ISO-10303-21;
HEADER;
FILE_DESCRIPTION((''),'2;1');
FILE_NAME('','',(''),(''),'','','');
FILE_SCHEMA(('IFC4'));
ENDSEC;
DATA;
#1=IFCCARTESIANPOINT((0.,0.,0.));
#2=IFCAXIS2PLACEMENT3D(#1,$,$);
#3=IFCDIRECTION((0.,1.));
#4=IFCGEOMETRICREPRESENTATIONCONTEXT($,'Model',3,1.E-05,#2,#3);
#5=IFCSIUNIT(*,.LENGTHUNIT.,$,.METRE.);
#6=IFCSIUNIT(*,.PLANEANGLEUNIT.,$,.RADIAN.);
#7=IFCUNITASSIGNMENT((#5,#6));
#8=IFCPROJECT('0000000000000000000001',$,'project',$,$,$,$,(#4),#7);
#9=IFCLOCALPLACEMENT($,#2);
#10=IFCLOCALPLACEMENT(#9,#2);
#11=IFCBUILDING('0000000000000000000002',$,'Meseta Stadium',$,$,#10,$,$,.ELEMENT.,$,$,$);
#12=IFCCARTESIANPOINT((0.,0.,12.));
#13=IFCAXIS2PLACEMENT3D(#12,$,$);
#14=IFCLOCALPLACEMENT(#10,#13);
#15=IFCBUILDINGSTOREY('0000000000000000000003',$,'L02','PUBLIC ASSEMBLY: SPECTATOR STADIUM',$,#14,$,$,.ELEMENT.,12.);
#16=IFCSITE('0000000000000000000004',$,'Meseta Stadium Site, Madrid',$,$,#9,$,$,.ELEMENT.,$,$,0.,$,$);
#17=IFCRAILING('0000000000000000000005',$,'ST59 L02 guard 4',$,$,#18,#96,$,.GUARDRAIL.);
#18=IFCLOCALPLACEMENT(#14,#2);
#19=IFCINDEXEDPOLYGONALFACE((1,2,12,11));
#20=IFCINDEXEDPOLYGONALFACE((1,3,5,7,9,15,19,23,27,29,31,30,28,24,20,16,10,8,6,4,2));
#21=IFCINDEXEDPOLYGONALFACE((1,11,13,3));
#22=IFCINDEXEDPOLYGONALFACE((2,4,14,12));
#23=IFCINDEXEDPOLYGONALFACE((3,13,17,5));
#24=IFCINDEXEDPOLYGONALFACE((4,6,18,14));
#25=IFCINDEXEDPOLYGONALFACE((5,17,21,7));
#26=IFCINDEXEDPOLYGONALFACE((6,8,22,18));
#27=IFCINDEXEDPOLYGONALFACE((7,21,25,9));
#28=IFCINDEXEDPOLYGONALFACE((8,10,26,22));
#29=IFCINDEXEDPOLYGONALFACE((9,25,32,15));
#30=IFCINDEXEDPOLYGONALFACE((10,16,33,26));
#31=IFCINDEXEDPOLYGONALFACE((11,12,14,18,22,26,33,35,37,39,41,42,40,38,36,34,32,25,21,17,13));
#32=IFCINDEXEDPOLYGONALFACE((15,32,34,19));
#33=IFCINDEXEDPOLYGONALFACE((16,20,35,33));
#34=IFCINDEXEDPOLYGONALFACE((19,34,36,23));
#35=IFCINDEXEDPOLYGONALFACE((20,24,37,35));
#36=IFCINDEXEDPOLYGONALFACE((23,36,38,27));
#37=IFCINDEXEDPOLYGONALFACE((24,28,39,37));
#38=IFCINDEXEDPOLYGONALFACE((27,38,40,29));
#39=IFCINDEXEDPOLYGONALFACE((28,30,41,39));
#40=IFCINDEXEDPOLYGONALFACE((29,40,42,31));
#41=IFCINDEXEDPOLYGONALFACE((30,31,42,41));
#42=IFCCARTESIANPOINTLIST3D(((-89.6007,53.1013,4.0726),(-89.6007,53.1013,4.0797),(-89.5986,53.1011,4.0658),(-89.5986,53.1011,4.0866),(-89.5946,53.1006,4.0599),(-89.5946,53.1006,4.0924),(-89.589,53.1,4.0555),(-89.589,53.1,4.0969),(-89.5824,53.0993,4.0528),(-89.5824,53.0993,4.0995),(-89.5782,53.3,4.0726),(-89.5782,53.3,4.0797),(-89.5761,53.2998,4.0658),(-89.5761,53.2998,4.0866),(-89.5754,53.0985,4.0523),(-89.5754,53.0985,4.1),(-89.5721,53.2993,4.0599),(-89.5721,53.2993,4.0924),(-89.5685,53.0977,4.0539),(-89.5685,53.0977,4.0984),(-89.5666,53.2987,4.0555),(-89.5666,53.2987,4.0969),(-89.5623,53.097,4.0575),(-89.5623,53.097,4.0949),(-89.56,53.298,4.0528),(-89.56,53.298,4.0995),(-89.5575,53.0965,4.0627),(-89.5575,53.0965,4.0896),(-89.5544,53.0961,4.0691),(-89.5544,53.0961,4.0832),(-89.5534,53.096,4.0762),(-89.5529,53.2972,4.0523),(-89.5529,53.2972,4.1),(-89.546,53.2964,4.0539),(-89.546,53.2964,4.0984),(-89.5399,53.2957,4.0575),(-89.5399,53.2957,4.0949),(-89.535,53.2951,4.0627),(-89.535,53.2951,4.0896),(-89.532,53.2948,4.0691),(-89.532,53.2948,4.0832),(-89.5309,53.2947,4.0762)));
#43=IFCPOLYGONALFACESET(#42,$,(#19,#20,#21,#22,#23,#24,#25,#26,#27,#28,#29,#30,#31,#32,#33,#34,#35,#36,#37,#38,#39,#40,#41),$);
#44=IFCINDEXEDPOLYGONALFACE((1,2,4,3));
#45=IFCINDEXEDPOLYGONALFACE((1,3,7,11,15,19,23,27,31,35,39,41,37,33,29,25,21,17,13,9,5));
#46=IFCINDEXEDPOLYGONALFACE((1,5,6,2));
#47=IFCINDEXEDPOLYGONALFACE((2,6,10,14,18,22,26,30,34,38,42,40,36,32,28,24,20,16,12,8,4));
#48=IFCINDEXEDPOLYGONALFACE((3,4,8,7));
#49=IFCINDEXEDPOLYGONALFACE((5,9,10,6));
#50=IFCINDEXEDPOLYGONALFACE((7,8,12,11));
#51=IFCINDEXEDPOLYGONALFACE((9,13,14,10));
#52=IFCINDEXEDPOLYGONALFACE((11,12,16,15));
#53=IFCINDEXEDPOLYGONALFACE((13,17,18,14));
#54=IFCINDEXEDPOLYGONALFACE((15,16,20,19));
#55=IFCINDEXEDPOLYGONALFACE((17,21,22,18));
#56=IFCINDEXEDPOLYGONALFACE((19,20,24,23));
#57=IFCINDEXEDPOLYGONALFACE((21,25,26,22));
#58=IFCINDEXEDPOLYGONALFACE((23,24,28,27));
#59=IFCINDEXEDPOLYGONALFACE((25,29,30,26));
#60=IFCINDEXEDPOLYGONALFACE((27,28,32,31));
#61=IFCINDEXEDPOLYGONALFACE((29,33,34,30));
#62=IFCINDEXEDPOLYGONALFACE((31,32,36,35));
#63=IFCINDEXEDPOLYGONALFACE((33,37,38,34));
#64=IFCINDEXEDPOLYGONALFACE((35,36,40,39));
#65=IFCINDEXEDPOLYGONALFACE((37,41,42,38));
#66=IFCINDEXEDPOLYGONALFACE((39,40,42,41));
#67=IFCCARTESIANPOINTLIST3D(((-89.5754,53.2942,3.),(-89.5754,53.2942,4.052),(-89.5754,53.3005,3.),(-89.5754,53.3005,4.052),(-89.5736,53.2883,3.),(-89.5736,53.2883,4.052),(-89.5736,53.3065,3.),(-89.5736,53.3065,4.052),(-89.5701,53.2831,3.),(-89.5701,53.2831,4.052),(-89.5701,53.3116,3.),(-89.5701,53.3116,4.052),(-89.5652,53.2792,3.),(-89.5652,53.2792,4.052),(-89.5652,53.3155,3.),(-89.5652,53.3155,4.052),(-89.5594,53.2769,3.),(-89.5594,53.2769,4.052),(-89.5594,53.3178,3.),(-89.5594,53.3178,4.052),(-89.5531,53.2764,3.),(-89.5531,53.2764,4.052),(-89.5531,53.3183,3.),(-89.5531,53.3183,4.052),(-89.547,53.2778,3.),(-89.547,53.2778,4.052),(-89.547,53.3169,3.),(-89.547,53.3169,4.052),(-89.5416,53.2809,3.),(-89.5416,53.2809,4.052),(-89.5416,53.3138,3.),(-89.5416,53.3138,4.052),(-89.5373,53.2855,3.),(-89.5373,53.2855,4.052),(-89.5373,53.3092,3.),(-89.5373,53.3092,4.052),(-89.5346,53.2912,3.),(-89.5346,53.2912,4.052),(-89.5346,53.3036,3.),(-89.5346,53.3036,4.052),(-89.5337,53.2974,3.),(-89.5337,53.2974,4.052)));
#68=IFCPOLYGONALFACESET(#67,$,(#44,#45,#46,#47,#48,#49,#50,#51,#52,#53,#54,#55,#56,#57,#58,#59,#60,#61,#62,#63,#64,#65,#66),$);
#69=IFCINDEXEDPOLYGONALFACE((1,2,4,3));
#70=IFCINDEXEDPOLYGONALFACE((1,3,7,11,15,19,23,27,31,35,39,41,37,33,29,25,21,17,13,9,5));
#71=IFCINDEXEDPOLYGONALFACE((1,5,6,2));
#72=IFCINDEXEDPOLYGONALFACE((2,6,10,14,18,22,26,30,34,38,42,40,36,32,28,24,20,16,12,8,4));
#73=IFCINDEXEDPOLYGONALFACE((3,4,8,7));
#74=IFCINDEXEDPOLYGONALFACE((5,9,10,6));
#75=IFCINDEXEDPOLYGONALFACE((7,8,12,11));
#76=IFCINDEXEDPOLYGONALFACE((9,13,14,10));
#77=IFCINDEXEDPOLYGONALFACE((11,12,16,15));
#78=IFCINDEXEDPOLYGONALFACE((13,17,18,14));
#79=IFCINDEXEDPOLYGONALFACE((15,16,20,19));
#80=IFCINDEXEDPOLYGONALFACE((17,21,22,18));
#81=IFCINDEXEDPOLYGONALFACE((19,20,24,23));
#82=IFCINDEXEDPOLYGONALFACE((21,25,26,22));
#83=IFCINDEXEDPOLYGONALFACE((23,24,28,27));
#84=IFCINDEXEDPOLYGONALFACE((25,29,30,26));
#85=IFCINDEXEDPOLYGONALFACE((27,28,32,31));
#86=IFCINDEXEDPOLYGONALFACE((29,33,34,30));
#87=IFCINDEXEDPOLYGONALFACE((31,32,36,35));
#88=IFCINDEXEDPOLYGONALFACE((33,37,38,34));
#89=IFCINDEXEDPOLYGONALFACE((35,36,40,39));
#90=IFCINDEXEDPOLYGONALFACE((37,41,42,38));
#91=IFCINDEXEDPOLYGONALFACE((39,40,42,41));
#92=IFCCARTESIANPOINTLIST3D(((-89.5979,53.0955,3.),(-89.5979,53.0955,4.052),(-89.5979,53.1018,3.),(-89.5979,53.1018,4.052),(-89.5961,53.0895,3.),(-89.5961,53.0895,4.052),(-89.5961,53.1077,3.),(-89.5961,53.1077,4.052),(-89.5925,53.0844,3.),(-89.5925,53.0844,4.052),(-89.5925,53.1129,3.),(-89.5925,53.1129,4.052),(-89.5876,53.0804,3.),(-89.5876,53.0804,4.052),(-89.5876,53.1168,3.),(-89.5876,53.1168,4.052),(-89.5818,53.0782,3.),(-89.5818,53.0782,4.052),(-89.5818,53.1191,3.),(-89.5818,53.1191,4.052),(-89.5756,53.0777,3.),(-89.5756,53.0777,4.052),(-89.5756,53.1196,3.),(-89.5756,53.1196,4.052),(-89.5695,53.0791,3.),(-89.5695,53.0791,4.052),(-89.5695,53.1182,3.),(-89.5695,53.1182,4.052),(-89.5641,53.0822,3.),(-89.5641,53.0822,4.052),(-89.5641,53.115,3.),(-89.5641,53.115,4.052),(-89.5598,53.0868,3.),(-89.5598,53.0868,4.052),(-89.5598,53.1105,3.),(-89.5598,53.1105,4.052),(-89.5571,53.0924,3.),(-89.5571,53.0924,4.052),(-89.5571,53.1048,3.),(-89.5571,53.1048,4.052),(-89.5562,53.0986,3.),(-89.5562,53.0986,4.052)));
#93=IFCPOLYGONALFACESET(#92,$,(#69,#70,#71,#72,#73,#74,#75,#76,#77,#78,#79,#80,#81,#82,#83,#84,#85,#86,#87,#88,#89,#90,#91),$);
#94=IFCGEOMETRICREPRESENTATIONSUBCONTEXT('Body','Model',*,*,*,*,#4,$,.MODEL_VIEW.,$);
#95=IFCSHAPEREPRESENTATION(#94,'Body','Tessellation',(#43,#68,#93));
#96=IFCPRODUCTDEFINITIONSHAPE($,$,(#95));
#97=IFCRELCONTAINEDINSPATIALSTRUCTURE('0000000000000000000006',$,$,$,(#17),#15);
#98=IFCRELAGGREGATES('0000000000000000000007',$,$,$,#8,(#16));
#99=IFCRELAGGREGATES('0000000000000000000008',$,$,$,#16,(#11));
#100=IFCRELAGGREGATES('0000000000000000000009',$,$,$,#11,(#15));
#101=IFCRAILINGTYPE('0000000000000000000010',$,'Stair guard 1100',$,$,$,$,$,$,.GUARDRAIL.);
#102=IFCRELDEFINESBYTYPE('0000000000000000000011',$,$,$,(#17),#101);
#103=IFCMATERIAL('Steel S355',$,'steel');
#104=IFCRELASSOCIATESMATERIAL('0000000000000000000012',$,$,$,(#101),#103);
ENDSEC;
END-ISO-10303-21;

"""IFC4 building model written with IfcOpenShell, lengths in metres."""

from ifc_helpers import new_model, si_unit, direction, frame, origin, origin_2d, place, context, subcontext, project, spatial, circle, extrude, material, type_object, element, save


model = new_model("IFC4")

# Units and contexts
model_context = context("Model", 3, precision=1e-05, world=origin(), true_north=direction((0.0, 1.0)))
body_context = subcontext(model_context, "Body", "Model", "MODEL_VIEW")
ifc_project = project(units=[si_unit("LENGTHUNIT", "METRE"), si_unit("PLANEANGLEUNIT", "RADIAN")], contexts=[model_context])

# Site, building, storey
site_placement = place(None, origin())
site = spatial("IfcSite", under=ifc_project, at=site_placement, Name="Meseta Stadium Site, Madrid", CompositionType="ELEMENT", RefElevation=0.0)
building_placement = place(site_placement, origin())
building = spatial("IfcBuilding", under=site, at=building_placement, Name="Meseta Stadium", CompositionType="ELEMENT")
storey_placement = place(building_placement, frame((0.0, 0.0, 12.0)))
storey = spatial("IfcBuildingStorey", under=building, at=storey_placement, Name="L02", Description="PUBLIC ASSEMBLY: SPECTATOR STADIUM", CompositionType="ELEMENT", Elevation=12.0)

# Railing
ifc_material_1 = material(Name="Steel S355", Category="steel")
railing_type_1 = type_object("IfcRailingType", Name="Stair guard 1100", PredefinedType="GUARDRAIL", material=ifc_material_1)
railing_1_placement = place(storey_placement, frame((-89.5547, 53.2974, 3.0)))
element("IfcRailing", 1, at=railing_1_placement, inside=storey, type_object=railing_type_1, Name="ST59 L02 guard 4", PredefinedType="GUARDRAIL", context=body_context, shape_type="SweptSolid", body=[
    extrude(circle(Radius=0.0239, at=origin_2d()), frame((0.0, 0.0, 1.0762), z_axis=(-0.112307, -0.993674, 0.0), x_axis=(0.993674, -0.112307, 0.0)), (0.0, 0.0, 1.0), 0.2),
    extrude(circle(Radius=0.021, at=origin_2d()), origin(), (0.0, 0.0, 1.0), 1.052),
    extrude(circle(Radius=0.021, at=origin_2d()), frame((-0.0225, -0.1987, 0.0)), (0.0, 0.0, 1.0), 1.052),
])

save(model, "model.ifc")
